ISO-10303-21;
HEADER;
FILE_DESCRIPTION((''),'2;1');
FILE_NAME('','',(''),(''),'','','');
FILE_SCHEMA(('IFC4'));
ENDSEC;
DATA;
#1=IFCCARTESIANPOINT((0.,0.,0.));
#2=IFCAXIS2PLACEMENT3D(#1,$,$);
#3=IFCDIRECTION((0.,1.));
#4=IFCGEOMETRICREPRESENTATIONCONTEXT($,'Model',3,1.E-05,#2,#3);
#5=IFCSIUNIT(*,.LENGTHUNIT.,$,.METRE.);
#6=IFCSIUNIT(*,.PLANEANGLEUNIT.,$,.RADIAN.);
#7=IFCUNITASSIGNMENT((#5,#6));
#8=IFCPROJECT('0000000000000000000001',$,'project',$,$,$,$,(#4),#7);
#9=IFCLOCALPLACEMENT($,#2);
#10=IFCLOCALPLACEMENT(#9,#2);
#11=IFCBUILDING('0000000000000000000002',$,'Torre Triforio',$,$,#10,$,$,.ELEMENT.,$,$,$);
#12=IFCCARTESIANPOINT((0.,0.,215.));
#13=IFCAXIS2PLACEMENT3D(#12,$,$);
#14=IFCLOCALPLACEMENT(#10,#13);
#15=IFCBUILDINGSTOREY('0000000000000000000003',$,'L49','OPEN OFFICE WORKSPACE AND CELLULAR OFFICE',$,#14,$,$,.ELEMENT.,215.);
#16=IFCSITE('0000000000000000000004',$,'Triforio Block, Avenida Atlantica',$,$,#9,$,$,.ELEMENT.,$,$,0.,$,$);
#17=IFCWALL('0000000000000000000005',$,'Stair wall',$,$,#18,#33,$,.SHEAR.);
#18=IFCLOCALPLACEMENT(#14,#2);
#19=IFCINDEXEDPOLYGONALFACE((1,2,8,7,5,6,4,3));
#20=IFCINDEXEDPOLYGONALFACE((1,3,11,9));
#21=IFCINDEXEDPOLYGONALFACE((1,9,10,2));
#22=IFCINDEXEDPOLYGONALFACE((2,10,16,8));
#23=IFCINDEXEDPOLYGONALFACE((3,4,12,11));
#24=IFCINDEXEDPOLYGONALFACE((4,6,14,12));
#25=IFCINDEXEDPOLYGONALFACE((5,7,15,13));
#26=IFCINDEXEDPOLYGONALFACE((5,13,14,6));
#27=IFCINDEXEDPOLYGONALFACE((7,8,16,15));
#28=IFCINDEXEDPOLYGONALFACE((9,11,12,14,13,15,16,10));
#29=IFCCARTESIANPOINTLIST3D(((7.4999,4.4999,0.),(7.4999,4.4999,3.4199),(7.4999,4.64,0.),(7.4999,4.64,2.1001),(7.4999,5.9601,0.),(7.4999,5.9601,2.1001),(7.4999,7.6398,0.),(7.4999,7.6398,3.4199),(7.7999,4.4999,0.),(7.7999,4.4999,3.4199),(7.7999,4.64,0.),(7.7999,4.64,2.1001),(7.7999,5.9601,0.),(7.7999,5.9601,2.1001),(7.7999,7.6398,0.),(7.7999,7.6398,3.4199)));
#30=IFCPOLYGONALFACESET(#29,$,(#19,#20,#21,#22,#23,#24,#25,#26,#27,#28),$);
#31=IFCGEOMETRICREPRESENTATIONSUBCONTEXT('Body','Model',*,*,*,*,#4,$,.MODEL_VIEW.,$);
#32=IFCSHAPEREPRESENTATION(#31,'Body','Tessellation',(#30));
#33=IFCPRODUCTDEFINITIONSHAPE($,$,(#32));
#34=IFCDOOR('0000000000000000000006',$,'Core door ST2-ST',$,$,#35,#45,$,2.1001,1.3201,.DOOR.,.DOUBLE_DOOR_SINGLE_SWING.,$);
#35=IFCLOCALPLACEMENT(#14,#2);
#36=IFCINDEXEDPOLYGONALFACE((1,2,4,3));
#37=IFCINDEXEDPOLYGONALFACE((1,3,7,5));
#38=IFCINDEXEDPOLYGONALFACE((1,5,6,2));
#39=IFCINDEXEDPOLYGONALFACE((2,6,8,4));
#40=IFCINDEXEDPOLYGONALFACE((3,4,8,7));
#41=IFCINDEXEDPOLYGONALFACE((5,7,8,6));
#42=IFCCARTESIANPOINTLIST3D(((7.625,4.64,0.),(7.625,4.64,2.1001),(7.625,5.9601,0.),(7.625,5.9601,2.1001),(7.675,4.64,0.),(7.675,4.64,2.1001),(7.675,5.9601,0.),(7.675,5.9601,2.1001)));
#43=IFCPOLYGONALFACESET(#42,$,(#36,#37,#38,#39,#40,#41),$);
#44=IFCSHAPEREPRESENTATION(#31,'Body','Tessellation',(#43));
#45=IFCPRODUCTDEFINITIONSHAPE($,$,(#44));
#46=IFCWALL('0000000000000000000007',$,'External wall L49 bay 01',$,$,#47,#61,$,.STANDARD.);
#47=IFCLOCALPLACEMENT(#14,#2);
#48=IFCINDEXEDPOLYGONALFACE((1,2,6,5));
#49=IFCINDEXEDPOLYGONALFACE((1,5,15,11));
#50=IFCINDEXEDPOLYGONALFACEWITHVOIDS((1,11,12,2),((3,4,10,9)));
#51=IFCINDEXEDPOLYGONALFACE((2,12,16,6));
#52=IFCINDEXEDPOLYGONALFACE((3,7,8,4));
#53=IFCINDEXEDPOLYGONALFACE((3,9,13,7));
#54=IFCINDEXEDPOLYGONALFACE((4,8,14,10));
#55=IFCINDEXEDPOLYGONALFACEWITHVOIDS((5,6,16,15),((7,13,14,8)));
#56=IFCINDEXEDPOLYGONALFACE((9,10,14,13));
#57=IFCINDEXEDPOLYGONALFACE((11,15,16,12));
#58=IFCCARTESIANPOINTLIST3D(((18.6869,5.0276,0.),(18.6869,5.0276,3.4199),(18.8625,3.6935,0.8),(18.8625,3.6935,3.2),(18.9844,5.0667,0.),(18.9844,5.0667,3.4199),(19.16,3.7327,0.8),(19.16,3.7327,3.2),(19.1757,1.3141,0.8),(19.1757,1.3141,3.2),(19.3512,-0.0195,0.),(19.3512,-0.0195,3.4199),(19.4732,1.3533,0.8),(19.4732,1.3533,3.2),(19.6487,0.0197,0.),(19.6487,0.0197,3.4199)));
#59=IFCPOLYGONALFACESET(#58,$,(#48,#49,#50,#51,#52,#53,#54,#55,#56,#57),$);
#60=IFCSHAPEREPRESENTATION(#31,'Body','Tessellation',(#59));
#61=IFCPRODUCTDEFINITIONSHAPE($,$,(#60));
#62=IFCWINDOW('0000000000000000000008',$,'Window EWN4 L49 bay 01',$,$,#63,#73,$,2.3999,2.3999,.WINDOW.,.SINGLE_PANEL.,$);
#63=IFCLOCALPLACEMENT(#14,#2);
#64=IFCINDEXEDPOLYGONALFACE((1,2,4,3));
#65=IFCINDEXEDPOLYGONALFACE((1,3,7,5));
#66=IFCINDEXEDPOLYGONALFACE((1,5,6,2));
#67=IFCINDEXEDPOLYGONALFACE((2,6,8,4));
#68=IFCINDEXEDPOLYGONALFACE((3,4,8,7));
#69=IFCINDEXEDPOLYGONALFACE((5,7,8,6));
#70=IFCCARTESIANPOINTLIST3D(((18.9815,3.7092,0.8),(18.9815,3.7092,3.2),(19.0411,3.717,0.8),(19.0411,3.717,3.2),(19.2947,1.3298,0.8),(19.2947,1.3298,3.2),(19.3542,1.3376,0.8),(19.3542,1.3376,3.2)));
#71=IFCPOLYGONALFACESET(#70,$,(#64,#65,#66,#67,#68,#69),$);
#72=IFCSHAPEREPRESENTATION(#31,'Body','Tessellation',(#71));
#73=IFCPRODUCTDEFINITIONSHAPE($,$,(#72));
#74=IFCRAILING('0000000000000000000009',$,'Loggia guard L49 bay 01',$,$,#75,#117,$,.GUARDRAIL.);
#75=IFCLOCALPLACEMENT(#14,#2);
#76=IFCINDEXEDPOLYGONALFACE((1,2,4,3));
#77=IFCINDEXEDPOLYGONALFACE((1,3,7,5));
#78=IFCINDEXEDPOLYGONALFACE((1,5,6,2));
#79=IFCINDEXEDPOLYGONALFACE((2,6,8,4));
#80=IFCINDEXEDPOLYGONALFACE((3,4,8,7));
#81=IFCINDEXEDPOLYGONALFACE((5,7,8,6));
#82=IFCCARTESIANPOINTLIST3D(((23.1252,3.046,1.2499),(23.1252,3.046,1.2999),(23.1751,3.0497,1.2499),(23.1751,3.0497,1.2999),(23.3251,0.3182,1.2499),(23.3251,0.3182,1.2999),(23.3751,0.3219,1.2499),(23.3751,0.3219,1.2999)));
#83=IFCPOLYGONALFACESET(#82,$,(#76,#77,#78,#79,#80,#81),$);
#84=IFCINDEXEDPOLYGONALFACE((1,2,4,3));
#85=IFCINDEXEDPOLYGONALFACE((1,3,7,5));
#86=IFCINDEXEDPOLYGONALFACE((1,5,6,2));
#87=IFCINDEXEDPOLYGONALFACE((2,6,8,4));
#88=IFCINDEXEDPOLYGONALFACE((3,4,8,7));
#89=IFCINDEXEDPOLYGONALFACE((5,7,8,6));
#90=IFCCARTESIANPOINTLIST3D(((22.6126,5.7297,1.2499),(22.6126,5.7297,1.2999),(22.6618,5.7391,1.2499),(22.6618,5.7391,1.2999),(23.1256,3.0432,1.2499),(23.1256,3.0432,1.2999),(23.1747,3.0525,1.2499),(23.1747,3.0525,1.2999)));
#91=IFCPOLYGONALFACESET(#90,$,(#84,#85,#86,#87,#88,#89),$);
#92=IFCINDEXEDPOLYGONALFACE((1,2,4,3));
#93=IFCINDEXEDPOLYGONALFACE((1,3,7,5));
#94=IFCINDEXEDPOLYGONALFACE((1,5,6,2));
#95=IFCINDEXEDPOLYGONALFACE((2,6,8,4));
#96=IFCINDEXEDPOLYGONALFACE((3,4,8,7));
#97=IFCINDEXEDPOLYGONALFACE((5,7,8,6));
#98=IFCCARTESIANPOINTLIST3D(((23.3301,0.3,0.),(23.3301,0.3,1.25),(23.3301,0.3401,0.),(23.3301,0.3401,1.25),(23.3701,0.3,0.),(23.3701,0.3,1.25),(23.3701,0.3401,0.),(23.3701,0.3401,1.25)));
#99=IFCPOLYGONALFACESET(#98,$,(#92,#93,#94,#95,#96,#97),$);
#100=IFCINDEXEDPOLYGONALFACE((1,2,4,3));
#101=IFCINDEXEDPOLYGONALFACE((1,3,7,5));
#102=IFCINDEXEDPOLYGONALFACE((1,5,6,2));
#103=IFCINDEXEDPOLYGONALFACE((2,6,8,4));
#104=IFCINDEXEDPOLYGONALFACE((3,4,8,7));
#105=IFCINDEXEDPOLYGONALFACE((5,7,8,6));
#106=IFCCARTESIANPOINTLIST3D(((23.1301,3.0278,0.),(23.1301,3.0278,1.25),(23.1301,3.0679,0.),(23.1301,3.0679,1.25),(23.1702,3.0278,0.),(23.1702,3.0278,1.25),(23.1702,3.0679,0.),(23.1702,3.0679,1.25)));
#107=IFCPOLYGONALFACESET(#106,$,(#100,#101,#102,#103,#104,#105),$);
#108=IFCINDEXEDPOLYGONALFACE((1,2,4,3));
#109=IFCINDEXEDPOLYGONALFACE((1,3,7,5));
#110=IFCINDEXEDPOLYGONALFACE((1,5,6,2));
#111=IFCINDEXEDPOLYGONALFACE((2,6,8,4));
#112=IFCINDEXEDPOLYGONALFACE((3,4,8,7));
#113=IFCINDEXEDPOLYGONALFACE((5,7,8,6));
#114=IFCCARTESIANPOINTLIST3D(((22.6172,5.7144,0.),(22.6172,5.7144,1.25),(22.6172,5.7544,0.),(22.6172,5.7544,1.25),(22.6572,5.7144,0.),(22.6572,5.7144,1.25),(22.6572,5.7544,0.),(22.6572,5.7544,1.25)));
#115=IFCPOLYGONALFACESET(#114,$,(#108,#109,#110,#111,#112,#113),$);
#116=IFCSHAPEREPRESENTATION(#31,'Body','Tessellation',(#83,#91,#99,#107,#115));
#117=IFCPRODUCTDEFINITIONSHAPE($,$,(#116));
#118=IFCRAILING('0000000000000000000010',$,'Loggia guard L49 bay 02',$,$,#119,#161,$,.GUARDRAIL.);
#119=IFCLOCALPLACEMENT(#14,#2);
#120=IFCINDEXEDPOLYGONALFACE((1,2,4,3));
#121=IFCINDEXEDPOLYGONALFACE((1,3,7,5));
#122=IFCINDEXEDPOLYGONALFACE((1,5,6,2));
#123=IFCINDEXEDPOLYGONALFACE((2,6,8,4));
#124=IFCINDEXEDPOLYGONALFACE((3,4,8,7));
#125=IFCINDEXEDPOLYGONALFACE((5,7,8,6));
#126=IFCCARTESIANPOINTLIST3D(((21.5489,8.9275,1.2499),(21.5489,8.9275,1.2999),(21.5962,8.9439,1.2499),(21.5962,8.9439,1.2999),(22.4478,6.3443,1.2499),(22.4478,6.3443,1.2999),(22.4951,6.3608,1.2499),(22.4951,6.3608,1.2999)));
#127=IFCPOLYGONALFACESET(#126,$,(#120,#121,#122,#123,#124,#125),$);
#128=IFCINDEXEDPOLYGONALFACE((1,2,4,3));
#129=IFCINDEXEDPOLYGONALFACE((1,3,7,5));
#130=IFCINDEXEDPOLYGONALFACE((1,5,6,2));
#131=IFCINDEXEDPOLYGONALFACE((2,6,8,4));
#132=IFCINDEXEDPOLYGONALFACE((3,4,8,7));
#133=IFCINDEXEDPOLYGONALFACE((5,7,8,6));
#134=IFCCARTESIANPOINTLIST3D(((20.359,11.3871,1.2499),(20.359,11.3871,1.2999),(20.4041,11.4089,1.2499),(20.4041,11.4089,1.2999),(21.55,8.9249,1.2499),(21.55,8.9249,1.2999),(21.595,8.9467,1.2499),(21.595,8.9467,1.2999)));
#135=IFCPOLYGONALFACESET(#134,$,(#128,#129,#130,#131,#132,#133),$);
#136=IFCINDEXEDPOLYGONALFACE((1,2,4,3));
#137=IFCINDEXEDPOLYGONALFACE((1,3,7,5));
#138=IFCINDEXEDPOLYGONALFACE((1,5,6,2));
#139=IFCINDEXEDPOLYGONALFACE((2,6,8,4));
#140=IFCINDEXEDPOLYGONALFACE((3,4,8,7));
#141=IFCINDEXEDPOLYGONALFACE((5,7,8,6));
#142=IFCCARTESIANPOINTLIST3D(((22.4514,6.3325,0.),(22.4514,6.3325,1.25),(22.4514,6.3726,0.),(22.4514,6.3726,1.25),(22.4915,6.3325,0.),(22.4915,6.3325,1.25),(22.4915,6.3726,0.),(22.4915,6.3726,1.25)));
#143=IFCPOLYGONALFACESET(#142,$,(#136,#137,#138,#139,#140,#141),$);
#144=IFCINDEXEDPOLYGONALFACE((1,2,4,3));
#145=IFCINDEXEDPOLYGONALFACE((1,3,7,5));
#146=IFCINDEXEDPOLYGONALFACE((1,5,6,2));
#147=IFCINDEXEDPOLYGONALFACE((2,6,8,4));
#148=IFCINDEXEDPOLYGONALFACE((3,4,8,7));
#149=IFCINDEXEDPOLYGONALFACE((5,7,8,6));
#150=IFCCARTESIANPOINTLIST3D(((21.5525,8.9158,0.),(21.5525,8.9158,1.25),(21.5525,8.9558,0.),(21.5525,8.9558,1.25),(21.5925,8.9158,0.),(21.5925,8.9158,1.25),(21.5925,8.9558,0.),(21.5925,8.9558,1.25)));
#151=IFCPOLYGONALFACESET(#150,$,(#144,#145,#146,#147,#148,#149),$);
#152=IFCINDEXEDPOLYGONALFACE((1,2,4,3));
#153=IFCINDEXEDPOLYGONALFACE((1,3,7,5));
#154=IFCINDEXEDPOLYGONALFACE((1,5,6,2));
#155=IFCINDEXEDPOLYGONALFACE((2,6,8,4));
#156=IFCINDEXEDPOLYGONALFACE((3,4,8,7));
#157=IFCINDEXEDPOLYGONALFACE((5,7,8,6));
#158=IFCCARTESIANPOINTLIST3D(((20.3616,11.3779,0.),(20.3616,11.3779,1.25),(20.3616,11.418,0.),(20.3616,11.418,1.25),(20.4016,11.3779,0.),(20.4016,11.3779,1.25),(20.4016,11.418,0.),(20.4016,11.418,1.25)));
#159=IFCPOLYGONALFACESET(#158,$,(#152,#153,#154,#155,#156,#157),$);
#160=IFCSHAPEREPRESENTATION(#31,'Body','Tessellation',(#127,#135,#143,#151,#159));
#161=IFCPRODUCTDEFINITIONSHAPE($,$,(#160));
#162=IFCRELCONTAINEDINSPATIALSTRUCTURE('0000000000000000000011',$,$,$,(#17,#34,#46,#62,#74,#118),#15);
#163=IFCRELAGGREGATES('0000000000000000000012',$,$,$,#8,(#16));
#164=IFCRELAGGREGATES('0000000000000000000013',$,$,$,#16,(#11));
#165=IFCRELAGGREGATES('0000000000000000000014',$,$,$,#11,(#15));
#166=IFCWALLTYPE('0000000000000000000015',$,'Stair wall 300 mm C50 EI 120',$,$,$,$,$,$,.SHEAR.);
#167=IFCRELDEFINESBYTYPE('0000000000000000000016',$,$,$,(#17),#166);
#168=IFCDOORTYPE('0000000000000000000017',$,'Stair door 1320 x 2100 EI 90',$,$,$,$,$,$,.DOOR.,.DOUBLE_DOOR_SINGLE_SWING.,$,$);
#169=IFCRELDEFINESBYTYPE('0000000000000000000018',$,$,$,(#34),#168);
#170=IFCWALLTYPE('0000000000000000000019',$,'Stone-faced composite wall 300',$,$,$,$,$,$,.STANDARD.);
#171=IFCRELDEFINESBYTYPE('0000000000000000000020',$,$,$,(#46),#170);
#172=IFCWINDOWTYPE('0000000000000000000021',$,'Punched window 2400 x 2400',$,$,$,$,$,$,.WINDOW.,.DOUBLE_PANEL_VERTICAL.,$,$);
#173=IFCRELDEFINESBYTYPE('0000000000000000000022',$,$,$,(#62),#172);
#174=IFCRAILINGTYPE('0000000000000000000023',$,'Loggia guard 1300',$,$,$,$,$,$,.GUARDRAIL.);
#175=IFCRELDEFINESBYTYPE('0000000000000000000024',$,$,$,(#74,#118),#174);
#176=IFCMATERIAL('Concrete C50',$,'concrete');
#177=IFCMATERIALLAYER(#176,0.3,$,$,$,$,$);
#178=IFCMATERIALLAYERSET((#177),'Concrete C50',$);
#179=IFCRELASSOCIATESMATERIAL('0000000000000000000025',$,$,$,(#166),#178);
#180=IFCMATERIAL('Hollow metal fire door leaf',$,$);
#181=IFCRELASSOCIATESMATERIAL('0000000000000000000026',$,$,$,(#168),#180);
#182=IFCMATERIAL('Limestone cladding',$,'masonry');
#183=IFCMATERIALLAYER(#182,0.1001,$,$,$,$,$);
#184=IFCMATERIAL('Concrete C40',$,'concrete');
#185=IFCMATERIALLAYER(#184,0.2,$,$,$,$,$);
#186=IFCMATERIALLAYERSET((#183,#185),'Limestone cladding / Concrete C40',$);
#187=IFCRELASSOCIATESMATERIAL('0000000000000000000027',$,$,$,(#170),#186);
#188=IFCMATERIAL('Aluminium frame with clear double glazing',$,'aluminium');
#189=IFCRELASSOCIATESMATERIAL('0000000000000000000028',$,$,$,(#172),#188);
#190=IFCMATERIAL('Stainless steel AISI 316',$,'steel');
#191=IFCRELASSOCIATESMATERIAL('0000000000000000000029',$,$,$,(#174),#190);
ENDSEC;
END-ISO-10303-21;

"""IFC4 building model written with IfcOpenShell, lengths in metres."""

from ifc_helpers import new_model, si_unit, direction, frame, frame_2d, origin, origin_2d, place, context, subcontext, project, spatial, rectangle, extrude, material, layer, layer_set, type_object, element, fill, save


model = new_model("IFC4")

# Units and contexts
model_context = context("Model", 3, precision=1e-05, world=origin(), true_north=direction((0.0, 1.0)))
body_context = subcontext(model_context, "Body", "Model", "MODEL_VIEW")
ifc_project = project(units=[si_unit("LENGTHUNIT", "METRE"), si_unit("PLANEANGLEUNIT", "RADIAN")], contexts=[model_context])

# Site, building, storey
site_placement = place(None, origin())
site = spatial("IfcSite", under=ifc_project, at=site_placement, Name="Triforio Block, Avenida Atlantica", CompositionType="ELEMENT", RefElevation=0.0)
building_placement = place(site_placement, origin())
building = spatial("IfcBuilding", under=site, at=building_placement, Name="Torre Triforio", CompositionType="ELEMENT")
storey_placement = place(building_placement, frame((0.0, 0.0, 215.0)))
storey = spatial("IfcBuildingStorey", under=building, at=storey_placement, Name="L49", Description="OPEN OFFICE WORKSPACE AND CELLULAR OFFICE", CompositionType="ELEMENT", Elevation=215.0)

# Shared definitions
ifc_material_1 = material(Name="Concrete C50", Category="concrete")

# Shared definitions
ifc_material_2 = material(Name="Concrete C40", Category="concrete")

# Shared definitions
ifc_material_3 = material(Name="Limestone cladding", Category="masonry")

# Wall, opening, door
ifc_layer_1 = layer(ifc_material_1, 0.3)
ifc_layer_set_1 = layer_set([ifc_layer_1], Name="Concrete C50")
wall_type_1 = type_object("IfcWallType", Name="Stair wall 300 mm C50 EI 120", PredefinedType="SHEAR", material=ifc_layer_set_1)
wall_1_placement = place(storey_placement, frame((7.6499, 4.5, 0.0), z_axis=(0.0, 0.0, 1.0), x_axis=(0.0, 1.0, 0.0)))
wall_1 = element("IfcWall", 1, at=wall_1_placement, inside=storey, type_object=wall_type_1, Name="Stair wall", PredefinedType="SHEAR", context=body_context, shape_type="SweptSolid", body=[
    extrude(rectangle(XDim=3.1399, YDim=0.3, at=frame_2d((1.5698, 0.0))), origin(), (0.0, 0.0, 1.0), 3.4199),
])
opening_1_placement = place(wall_1_placement, frame((0.1399, 0.0, 0.0)))
opening_1 = element("IfcOpeningElement", 2, at=opening_1_placement, cuts=wall_1, PredefinedType="OPENING", context=body_context, shape_type="SweptSolid", body=[
    extrude(rectangle(XDim=1.3201, YDim=2.1001, at=frame_2d((0.6602, 1.05))), frame((0.0, 0.1599, 0.0), z_axis=(0.0, -1.0, 0.0), x_axis=(1.0, 0.0, 0.0)), (0.0, 0.0, 1.0), 0.3201),
])
ifc_material_4 = material(Name="Hollow metal fire door leaf")
door_type_1 = type_object("IfcDoorType", Name="Stair door 1320 x 2100 EI 90", OperationType="DOUBLE_DOOR_SINGLE_SWING", PredefinedType="DOOR", material=ifc_material_4)
door_1_placement = place(opening_1_placement, origin())
door_1 = element("IfcDoor", 3, at=door_1_placement, inside=storey, type_object=door_type_1, Name="Core door ST2-ST", OperationType="DOUBLE_DOOR_SINGLE_SWING", OverallHeight=2.1001, OverallWidth=1.3201, PredefinedType="DOOR", context=body_context, shape_type="SweptSolid", body=[
    extrude(rectangle(XDim=1.3201, YDim=2.1001, at=frame_2d((0.6602, 1.05))), frame((0.0, 0.0249, 0.0), z_axis=(0.0, -1.0, 0.0), x_axis=(1.0, 0.0, 0.0)), (0.0, 0.0, 1.0), 0.05),
])
fill(opening_1, door_1)

# Wall, opening, window
ifc_layer_2 = layer(ifc_material_3, 0.1001)
ifc_layer_3 = layer(ifc_material_2, 0.2)
ifc_layer_set_2 = layer_set([ifc_layer_2, ifc_layer_3], Name="Limestone cladding / Concrete C40")
wall_type_2 = type_object("IfcWallType", Name="Stone-faced composite wall 300", PredefinedType="STANDARD", material=ifc_layer_set_2)
wall_2_placement = place(storey_placement, frame((19.5, 0.0, 0.0), z_axis=(0.0, 0.0, 1.0), x_axis=(-0.130495, 0.991449, 0.0)))
wall_2 = element("IfcWall", 4, at=wall_2_placement, inside=storey, type_object=wall_type_2, Name="External wall L49 bay 01", PredefinedType="STANDARD", context=body_context, shape_type="SweptSolid", body=[
    extrude(rectangle(XDim=5.0906, YDim=0.3, at=frame_2d((2.5454, 0.0))), origin(), (0.0, 0.0, 1.0), 3.4199),
])
opening_2_placement = place(wall_2_placement, frame((1.3452, 0.0, 0.8)))
opening_2 = element("IfcOpeningElement", 5, at=opening_2_placement, cuts=wall_2, PredefinedType="OPENING", context=body_context, shape_type="SweptSolid", body=[
    extrude(rectangle(XDim=2.3999, YDim=2.3999, at=frame_2d((1.2, 1.2))), frame((0.0, 0.1599, 0.0), z_axis=(0.0, -1.0, 0.0), x_axis=(1.0, 0.0, 0.0)), (0.0, 0.0, 1.0), 0.3201),
])
ifc_material_5 = material(Name="Aluminium frame with clear double glazing", Category="aluminium")
window_type_1 = type_object("IfcWindowType", Name="Punched window 2400 x 2400", PartitioningType="DOUBLE_PANEL_VERTICAL", PredefinedType="WINDOW", material=ifc_material_5)
window_1_placement = place(opening_2_placement, origin())
window_1 = element("IfcWindow", 6, at=window_1_placement, inside=storey, type_object=window_type_1, Name="Window EWN4 L49 bay 01", OverallHeight=2.3999, OverallWidth=2.3999, PartitioningType="SINGLE_PANEL", PredefinedType="WINDOW", context=body_context, shape_type="SweptSolid", body=[
    extrude(rectangle(XDim=2.3999, YDim=2.3999, at=frame_2d((1.2, 1.2))), frame((0.0, 0.03, 0.0), z_axis=(0.0, -1.0, 0.0), x_axis=(1.0, 0.0, 0.0)), (0.0, 0.0, 1.0), 0.0601),
])
fill(opening_2, window_1)

# Railings
ifc_material_6 = material(Name="Stainless steel AISI 316", Category="steel")
railing_type = type_object("IfcRailingType", Name="Loggia guard 1300", PredefinedType="GUARDRAIL", material=ifc_material_6)
railing_1_placement = place(storey_placement, frame((23.3501, 0.3201, 0.0)))
element("IfcRailing", 7, at=railing_1_placement, inside=storey, type_object=railing_type, Name="Loggia guard L49 bay 01", PredefinedType="GUARDRAIL", context=body_context, shape_type="SweptSolid", body=[
    extrude(rectangle(XDim=0.05, YDim=0.05, at=origin_2d()), frame((0.0, 0.0, 1.2749), z_axis=(-0.073106, 0.997324, 0.0), x_axis=(-0.997324, -0.073106, 0.0)), (0.0, 0.0, 1.0), 2.7351),
    extrude(rectangle(XDim=0.05, YDim=0.05, at=origin_2d()), frame((-0.2, 2.7278, 1.2749), z_axis=(-0.187543, 0.982256, 0.0), x_axis=(-0.982256, -0.187543, 0.0)), (0.0, 0.0, 1.0), 2.7351),
    extrude(rectangle(XDim=0.04, YDim=0.04, at=origin_2d()), origin(), (0.0, 0.0, 1.0), 1.25),
    extrude(rectangle(XDim=0.04, YDim=0.04, at=origin_2d()), frame((-0.2, 2.7278, 0.0)), (0.0, 0.0, 1.0), 1.25),
    extrude(rectangle(XDim=0.04, YDim=0.04, at=origin_2d()), frame((-0.7129, 5.4143, 0.0)), (0.0, 0.0, 1.0), 1.25),
])
railing_2_placement = place(storey_placement, frame((22.4714, 6.3525, 0.0)))
element("IfcRailing", 8, at=railing_2_placement, inside=storey, type_object=railing_type, Name="Loggia guard L49 bay 02", PredefinedType="GUARDRAIL", context=body_context, shape_type="SweptSolid", body=[
    extrude(rectangle(XDim=0.05, YDim=0.05, at=origin_2d()), frame((0.0, 0.0, 1.2749), z_axis=(-0.328652, 0.944451, 0.0), x_axis=(-0.944451, -0.328652, 0.0)), (0.0, 0.0, 1.0), 2.7351),
    extrude(rectangle(XDim=0.05, YDim=0.05, at=origin_2d()), frame((-0.8989, 2.5833, 1.2749), z_axis=(-0.435428, 0.900224, 0.0), x_axis=(-0.900224, -0.435428, 0.0)), (0.0, 0.0, 1.0), 2.7351),
    extrude(rectangle(XDim=0.04, YDim=0.04, at=origin_2d()), origin(), (0.0, 0.0, 1.0), 1.25),
    extrude(rectangle(XDim=0.04, YDim=0.04, at=origin_2d()), frame((-0.8989, 2.5833, 0.0)), (0.0, 0.0, 1.0), 1.25),
    extrude(rectangle(XDim=0.04, YDim=0.04, at=origin_2d()), frame((-2.0898, 5.0454, 0.0)), (0.0, 0.0, 1.0), 1.25),
])

save(model, "model.ifc")
